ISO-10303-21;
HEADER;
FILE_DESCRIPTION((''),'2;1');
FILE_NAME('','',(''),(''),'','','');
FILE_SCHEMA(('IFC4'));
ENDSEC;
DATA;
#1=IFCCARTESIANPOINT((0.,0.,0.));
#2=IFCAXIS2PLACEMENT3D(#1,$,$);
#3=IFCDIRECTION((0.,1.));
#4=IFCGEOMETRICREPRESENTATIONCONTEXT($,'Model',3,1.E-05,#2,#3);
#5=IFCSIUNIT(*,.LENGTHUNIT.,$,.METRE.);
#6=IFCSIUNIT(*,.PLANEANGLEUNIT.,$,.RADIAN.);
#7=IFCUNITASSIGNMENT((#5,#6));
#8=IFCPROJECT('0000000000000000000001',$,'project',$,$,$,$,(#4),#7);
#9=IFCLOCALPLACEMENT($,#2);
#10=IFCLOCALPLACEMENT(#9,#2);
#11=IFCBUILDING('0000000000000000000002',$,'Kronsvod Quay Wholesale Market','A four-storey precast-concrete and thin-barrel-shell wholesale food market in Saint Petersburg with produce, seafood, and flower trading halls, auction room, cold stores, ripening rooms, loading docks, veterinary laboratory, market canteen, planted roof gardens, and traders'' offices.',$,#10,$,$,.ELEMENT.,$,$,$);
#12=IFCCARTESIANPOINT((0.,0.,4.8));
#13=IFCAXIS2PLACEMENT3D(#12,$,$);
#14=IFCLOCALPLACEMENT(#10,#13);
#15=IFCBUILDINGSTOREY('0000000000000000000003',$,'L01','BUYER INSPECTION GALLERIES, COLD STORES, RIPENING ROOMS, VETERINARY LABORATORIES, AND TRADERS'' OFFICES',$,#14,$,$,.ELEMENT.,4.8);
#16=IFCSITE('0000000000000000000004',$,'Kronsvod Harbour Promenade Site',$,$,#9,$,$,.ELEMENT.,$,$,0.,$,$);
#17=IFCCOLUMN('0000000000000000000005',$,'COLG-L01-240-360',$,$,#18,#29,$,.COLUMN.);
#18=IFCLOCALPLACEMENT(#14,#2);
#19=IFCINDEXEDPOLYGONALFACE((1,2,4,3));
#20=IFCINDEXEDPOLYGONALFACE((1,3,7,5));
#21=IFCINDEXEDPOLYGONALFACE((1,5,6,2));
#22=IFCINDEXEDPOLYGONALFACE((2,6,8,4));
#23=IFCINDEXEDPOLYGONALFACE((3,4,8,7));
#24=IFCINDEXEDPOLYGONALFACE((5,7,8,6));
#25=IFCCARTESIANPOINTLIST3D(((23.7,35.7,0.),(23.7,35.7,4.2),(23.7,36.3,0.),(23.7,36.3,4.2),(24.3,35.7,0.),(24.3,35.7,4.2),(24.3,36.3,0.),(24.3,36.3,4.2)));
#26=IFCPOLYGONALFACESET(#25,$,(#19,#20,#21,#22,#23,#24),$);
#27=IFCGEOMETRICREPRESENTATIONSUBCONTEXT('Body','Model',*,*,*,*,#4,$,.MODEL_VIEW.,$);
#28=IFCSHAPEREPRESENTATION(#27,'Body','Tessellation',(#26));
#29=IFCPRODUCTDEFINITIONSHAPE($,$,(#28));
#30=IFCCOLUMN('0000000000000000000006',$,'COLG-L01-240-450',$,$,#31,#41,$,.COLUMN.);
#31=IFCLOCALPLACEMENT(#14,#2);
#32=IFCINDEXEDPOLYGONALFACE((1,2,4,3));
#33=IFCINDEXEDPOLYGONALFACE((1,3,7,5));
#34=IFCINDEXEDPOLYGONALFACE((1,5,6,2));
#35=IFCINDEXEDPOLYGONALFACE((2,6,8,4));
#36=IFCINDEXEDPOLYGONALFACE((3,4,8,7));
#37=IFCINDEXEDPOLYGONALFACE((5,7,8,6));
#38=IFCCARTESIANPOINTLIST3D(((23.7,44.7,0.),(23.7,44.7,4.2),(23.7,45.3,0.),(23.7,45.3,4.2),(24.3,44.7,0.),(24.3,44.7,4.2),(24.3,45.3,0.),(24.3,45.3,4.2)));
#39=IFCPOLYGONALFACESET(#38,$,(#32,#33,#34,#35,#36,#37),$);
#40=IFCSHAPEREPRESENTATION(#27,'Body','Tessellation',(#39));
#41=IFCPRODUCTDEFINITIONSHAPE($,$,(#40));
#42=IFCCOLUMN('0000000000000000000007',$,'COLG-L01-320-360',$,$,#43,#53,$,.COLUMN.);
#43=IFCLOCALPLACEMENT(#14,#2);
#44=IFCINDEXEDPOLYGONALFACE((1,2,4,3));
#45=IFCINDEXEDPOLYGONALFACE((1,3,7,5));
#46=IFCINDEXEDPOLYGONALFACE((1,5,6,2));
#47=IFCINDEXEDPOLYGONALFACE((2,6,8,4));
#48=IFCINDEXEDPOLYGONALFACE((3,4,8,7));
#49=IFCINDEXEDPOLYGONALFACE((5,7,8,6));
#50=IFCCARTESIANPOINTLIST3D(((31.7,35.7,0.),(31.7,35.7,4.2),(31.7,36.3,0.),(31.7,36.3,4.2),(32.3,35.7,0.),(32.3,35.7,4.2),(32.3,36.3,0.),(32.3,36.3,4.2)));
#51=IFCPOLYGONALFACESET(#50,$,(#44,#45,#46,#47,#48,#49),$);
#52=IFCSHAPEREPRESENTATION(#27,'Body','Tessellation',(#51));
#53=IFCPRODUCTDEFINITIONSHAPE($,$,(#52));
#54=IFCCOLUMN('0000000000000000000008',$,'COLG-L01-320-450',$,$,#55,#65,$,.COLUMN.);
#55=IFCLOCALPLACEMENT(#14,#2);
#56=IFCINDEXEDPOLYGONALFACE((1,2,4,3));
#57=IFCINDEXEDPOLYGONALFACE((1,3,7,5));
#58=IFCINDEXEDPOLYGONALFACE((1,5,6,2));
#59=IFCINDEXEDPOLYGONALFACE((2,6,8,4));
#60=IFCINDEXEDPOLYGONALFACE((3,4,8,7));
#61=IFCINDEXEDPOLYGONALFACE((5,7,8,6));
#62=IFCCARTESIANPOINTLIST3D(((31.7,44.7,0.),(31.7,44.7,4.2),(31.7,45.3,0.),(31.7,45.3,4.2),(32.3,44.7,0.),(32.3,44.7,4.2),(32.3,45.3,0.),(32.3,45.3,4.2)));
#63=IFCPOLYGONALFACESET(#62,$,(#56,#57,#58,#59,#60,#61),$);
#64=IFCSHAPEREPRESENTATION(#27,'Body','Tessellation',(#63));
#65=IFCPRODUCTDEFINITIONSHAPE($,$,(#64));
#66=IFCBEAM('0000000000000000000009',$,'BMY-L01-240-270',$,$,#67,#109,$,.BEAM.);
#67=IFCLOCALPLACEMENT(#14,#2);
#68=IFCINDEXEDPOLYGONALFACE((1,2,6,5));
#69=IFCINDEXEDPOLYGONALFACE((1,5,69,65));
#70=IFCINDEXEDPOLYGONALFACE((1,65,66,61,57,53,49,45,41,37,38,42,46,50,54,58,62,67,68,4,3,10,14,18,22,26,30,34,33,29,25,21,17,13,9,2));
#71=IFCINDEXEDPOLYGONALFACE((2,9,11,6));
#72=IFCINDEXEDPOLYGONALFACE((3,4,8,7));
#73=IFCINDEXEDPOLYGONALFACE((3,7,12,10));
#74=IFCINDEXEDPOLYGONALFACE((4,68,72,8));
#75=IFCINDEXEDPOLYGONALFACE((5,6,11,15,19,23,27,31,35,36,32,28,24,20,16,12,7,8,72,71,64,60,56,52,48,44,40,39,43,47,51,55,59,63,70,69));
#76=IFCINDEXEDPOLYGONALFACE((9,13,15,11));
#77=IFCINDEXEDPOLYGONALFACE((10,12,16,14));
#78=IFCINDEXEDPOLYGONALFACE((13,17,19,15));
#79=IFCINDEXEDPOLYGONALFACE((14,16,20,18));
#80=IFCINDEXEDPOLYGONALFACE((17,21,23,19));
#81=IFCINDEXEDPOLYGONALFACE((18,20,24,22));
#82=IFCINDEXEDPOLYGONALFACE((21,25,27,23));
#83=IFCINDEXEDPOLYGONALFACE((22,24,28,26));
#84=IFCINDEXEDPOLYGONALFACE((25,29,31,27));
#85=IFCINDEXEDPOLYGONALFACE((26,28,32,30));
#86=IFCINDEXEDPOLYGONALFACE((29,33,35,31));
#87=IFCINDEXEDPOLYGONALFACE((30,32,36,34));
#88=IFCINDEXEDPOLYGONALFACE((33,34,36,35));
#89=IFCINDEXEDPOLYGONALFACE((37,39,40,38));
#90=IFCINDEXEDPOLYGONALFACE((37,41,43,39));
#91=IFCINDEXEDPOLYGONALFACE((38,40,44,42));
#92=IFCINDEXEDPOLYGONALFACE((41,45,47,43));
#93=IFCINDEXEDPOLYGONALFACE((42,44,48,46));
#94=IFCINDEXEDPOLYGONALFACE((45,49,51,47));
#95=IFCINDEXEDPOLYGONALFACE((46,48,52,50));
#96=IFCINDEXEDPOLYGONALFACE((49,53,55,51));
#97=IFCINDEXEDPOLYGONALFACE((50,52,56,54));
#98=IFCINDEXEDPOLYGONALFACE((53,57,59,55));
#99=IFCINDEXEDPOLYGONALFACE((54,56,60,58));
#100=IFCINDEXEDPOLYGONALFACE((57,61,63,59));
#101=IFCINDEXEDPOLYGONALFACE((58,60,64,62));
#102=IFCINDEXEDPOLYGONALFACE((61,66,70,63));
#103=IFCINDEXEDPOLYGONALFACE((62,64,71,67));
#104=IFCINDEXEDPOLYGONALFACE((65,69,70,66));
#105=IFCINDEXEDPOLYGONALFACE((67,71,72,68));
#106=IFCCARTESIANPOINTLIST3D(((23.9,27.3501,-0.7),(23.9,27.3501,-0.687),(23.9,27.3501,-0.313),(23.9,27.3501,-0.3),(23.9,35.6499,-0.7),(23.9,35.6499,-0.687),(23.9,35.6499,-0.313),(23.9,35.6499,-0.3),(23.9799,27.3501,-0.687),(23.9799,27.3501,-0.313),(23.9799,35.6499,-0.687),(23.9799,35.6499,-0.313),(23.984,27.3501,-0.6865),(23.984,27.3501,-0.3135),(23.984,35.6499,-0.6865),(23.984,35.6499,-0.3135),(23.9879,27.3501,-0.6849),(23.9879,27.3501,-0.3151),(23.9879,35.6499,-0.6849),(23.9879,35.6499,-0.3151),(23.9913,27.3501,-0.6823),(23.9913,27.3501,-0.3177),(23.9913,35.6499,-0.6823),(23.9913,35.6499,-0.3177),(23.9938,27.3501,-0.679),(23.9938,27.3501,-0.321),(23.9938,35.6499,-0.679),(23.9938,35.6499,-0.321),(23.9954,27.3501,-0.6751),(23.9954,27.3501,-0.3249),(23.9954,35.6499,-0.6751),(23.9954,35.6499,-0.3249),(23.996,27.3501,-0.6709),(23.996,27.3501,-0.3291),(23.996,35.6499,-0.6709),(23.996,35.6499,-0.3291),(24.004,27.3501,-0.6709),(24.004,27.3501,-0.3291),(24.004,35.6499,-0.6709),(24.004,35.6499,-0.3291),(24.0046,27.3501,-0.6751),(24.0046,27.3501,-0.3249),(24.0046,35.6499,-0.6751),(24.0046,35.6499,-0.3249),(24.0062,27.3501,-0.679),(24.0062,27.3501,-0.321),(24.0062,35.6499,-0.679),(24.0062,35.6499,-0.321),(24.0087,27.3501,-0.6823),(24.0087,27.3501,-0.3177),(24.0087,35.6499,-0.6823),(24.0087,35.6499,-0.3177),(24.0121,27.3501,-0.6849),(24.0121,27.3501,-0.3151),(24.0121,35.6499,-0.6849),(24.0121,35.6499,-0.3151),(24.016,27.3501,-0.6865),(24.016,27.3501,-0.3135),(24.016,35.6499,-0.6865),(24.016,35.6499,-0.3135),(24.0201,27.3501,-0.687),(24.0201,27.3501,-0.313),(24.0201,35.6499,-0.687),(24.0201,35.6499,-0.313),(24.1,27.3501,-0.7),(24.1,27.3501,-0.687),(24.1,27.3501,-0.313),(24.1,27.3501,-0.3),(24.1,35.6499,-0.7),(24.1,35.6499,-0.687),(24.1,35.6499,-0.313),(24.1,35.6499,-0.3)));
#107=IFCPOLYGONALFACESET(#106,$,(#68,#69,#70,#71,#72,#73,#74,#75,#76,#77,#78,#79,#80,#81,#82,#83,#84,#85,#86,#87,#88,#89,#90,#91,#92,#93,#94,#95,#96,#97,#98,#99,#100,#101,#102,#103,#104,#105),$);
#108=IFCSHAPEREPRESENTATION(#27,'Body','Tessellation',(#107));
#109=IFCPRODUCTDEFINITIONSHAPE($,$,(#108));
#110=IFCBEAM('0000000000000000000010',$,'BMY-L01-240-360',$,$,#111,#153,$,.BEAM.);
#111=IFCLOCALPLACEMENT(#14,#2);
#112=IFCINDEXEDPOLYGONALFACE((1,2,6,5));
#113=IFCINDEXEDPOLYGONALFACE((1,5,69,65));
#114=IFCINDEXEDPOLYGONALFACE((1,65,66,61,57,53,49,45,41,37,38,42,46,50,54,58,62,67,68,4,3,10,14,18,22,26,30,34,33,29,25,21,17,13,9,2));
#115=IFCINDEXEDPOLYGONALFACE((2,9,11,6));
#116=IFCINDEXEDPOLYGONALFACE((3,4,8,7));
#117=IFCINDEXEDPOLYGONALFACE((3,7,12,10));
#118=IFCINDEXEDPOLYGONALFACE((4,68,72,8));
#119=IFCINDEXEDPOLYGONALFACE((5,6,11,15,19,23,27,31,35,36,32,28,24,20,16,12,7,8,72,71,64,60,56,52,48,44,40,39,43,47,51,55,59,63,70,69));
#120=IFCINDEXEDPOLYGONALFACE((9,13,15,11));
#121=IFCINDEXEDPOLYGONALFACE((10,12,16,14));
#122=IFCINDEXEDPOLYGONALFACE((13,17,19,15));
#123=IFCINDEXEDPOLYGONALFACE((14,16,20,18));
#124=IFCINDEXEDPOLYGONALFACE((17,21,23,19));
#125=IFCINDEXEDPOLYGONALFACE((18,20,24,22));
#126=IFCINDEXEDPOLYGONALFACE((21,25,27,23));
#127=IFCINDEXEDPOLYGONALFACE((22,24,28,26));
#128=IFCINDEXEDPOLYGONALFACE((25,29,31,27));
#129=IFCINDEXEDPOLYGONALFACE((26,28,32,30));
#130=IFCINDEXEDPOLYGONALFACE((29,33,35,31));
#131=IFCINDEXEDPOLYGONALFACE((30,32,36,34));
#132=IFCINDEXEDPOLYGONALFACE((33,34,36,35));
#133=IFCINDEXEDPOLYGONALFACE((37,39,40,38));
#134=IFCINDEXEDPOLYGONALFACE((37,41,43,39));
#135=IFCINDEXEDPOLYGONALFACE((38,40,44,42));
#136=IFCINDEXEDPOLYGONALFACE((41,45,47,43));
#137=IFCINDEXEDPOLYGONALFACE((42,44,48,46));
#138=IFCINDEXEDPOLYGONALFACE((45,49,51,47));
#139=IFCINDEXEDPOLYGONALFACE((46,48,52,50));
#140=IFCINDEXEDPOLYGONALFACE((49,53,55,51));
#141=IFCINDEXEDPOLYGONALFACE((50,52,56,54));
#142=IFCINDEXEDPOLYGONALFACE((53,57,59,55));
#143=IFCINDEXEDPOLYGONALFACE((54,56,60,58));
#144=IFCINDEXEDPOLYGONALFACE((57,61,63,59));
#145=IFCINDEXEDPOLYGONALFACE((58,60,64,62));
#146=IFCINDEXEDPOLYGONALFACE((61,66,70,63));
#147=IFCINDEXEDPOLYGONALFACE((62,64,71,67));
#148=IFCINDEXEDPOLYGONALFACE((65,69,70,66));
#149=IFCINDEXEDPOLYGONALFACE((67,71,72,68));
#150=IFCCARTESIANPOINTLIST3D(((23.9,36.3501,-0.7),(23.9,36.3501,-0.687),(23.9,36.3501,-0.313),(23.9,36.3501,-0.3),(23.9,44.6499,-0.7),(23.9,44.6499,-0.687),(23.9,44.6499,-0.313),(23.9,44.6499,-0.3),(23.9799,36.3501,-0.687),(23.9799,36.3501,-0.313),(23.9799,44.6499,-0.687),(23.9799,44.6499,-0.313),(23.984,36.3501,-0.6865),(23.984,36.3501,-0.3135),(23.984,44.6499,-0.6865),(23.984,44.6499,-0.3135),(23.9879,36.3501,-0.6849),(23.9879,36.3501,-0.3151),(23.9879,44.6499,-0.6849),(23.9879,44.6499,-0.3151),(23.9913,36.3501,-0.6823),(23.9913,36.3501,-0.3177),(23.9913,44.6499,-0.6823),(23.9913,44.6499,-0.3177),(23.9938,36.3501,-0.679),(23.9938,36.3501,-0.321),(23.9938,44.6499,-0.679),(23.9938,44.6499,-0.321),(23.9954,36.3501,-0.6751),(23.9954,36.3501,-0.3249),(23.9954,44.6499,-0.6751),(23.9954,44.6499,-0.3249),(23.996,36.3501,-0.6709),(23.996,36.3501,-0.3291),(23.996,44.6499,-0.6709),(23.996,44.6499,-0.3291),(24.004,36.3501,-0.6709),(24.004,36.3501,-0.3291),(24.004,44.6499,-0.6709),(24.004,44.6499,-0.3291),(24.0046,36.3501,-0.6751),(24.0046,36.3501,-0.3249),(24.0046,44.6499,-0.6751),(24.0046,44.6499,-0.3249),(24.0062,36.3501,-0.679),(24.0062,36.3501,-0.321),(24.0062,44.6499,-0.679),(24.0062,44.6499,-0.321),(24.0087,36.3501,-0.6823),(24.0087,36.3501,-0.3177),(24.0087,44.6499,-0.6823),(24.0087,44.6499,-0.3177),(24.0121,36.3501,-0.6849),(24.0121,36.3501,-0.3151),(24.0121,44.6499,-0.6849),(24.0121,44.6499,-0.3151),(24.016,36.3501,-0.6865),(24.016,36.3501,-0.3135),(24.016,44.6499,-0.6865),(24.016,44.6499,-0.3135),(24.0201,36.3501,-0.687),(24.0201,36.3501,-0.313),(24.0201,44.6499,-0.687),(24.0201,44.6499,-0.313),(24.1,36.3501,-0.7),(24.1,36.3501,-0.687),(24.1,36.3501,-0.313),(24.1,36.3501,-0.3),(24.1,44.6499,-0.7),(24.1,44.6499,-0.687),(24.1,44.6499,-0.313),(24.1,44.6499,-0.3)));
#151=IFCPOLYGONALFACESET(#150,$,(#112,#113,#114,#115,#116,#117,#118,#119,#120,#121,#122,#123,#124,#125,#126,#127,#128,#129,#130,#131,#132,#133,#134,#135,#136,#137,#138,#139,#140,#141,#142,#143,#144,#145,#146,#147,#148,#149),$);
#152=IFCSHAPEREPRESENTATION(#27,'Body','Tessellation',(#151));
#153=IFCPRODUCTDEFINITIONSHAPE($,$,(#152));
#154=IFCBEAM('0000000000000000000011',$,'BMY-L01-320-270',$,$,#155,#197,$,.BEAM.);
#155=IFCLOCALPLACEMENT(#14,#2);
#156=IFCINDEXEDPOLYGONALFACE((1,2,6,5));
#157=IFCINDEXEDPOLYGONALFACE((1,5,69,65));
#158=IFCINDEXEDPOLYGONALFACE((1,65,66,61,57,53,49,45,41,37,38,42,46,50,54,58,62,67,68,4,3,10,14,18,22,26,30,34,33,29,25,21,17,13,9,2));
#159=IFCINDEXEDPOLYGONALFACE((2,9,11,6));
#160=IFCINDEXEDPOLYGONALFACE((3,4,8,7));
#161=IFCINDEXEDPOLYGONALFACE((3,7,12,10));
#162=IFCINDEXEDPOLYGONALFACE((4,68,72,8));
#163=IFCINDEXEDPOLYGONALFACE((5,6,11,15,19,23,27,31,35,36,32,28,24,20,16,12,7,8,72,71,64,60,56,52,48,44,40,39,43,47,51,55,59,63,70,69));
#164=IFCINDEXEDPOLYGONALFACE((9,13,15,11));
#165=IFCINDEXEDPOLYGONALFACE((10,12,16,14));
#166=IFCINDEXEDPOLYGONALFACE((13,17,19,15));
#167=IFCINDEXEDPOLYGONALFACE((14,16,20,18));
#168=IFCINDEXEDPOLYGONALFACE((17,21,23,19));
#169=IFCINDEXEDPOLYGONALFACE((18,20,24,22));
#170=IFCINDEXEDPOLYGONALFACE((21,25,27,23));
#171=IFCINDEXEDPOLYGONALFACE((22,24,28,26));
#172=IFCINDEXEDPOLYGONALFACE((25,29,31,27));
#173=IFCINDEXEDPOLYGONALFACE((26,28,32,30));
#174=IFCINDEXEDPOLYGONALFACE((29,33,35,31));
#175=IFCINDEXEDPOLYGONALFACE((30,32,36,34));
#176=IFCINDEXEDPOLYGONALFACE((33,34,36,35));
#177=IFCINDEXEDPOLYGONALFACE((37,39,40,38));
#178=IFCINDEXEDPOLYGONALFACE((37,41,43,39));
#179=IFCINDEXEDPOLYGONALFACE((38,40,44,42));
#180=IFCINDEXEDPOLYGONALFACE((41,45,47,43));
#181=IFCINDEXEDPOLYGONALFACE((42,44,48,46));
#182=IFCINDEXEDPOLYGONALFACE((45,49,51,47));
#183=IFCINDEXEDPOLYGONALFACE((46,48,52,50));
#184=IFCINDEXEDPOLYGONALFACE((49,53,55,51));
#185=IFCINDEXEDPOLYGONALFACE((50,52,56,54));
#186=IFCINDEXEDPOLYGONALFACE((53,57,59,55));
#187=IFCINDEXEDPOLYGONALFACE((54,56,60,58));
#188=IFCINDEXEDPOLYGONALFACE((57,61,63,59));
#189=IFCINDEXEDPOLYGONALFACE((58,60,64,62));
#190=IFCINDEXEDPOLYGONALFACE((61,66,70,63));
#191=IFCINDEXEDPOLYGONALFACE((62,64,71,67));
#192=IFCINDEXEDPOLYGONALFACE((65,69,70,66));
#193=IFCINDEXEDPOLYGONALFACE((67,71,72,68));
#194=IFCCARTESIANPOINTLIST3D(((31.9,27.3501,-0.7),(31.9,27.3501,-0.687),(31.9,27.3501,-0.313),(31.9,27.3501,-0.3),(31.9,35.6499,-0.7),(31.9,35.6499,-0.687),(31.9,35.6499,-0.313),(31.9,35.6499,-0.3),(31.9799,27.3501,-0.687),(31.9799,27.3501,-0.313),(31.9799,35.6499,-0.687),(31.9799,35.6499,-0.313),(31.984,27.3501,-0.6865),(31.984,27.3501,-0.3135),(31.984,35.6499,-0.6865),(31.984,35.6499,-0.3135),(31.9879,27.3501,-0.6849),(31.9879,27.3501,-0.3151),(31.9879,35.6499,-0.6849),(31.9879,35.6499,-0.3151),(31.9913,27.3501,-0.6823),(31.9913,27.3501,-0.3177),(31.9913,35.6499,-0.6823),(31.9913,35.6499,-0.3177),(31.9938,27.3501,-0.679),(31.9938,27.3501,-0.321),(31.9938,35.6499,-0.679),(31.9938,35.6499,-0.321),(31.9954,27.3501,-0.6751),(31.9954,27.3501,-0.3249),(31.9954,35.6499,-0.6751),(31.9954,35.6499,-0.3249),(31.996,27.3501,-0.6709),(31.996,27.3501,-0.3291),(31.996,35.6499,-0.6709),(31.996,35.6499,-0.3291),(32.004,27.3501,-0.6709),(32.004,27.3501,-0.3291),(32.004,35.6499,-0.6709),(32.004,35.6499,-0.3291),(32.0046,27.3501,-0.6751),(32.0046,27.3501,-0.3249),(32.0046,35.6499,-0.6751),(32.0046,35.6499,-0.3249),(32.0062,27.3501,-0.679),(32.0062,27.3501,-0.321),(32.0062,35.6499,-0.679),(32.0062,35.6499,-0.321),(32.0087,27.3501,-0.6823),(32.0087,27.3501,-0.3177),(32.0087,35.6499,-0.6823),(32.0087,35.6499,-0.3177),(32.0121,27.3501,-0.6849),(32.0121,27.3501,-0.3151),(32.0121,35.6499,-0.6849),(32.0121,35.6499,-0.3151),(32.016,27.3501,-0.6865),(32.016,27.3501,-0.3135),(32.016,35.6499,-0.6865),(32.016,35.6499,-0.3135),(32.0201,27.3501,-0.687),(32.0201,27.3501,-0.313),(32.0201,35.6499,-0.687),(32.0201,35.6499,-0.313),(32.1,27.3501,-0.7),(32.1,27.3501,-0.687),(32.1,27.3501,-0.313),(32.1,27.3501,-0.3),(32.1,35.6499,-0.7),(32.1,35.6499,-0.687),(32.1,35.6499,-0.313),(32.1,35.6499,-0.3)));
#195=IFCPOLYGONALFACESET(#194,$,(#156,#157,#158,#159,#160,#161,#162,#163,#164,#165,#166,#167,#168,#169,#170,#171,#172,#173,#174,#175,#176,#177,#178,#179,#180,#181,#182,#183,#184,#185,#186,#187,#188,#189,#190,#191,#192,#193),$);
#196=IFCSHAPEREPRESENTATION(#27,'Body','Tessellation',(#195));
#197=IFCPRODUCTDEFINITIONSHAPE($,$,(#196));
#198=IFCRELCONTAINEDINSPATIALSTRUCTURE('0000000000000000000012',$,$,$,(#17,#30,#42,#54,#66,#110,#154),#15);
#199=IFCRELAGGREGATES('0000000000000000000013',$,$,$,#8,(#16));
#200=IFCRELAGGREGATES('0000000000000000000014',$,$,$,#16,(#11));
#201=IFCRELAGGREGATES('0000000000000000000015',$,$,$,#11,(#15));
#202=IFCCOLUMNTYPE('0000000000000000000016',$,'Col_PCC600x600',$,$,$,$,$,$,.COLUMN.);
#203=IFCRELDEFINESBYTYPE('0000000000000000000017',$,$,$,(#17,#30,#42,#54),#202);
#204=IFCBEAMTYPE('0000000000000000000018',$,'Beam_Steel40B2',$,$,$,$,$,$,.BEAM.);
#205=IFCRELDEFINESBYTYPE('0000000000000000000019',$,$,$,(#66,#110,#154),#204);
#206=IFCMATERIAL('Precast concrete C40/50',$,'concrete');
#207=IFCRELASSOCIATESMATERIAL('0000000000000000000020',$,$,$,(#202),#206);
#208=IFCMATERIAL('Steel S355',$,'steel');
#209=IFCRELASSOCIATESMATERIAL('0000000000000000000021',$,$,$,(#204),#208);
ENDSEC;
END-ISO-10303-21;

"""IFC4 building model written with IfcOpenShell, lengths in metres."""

from ifc_helpers import new_model, si_unit, direction, frame, origin, origin_2d, place, context, subcontext, project, spatial, rectangle, i_section, extrude, material, material_profile, profile_set, type_object, element, save


model = new_model("IFC4")

# Units and contexts
model_context = context("Model", 3, precision=1e-05, world=origin(), true_north=direction((0.0, 1.0)))
body_context = subcontext(model_context, "Body", "Model", "MODEL_VIEW")
ifc_project = project(units=[si_unit("LENGTHUNIT", "METRE"), si_unit("PLANEANGLEUNIT", "RADIAN")], contexts=[model_context])

# Site, building, storey
site_placement = place(None, origin())
site = spatial("IfcSite", under=ifc_project, at=site_placement, Name="Kronsvod Harbour Promenade Site", CompositionType="ELEMENT", RefElevation=0.0)
building_placement = place(site_placement, origin())
building = spatial("IfcBuilding", under=site, at=building_placement, Name="Kronsvod Quay Wholesale Market", Description="A four-storey precast-concrete and thin-barrel-shell wholesale food market in Saint Petersburg with produce, seafood, and flower trading halls, auction room, cold stores, ripening rooms, loading docks, veterinary laboratory, market canteen, planted roof gardens, and traders' offices.", CompositionType="ELEMENT")
storey_placement = place(building_placement, frame((0.0, 0.0, 4.8)))
storey = spatial("IfcBuildingStorey", under=building, at=storey_placement, Name="L01", Description="BUYER INSPECTION GALLERIES, COLD STORES, RIPENING ROOMS, VETERINARY LABORATORIES, AND TRADERS' OFFICES", CompositionType="ELEMENT", Elevation=4.8)

# Columns
ifc_material_1 = material(Name="Precast concrete C40/50", Category="concrete")
ifc_material_profile_1 = material_profile(ifc_material_1, rectangle(XDim=0.6001, YDim=0.6001, at=origin_2d()), Name="PCC600x600")
ifc_profile_set_1 = profile_set([ifc_material_profile_1], Name="Precast concrete C40/50")
column_type = type_object("IfcColumnType", Name="Col_PCC600x600", PredefinedType="COLUMN", material=ifc_profile_set_1)
for number, where, z_axis, x_axis, name in (
    (1, (24.0, 36.0, 0.0), (0.0, 0.0, 1.0), (1.0, 0.0, 0.0), "COLG-L01-240-360"),
    (2, (24.0, 45.0, 0.0), (0.0, 0.0, 1.0), (1.0, 0.0, 0.0), "COLG-L01-240-450"),
    (3, (32.0, 36.0, 0.0), (0.0, 0.0, 1.0), (1.0, 0.0, 0.0), "COLG-L01-320-360"),
    (4, (32.0, 45.0, 0.0), (0.0, 0.0, 1.0), (1.0, 0.0, 0.0), "COLG-L01-320-450"),
):
    element("IfcColumn", number, at=place(storey_placement, frame(where, z_axis=z_axis, x_axis=x_axis)), inside=storey, type_object=column_type, Name=name, PredefinedType="COLUMN", context=body_context, shape_type="SweptSolid", body=[
        extrude(rectangle(XDim=0.6001, YDim=0.6001, at=origin_2d()), origin(), (0.0, 0.0, 1.0), 4.2),
    ])

# Beams
ifc_material_2 = material(Name="Steel S355", Category="steel")
ifc_material_profile_2 = material_profile(ifc_material_2, i_section(OverallWidth=0.2, OverallDepth=0.3999, WebThickness=0.0081, FlangeThickness=0.0129, FilletRadius=0.0161, at=origin_2d()), Name="40B2")
ifc_profile_set_2 = profile_set([ifc_material_profile_2], Name="Steel S355")
beam_type_1 = type_object("IfcBeamType", Name="Beam_Steel40B2", PredefinedType="BEAM", material=ifc_profile_set_2)
for number, where, z_axis, x_axis, name in (
    (5, (24.0, 27.3501, -0.5), (0.0, 1.0, 0.0), (-1.0, 0.0, 0.0), "BMY-L01-240-270"),
    (6, (24.0, 36.3501, -0.5), (0.0, 1.0, 0.0), (-1.0, 0.0, 0.0), "BMY-L01-240-360"),
    (7, (32.0, 27.3501, -0.5), (0.0, 1.0, 0.0), (-1.0, 0.0, 0.0), "BMY-L01-320-270"),
):
    element("IfcBeam", number, at=place(storey_placement, frame(where, z_axis=z_axis, x_axis=x_axis)), inside=storey, type_object=beam_type_1, Name=name, PredefinedType="BEAM", context=body_context, shape_type="SweptSolid", body=[
        extrude(i_section(OverallWidth=0.2, OverallDepth=0.3999, WebThickness=0.0081, FlangeThickness=0.0129, FilletRadius=0.0161, at=origin_2d()), origin(), (0.0, 0.0, 1.0), 8.2998),
    ])

save(model, "model.ifc")
